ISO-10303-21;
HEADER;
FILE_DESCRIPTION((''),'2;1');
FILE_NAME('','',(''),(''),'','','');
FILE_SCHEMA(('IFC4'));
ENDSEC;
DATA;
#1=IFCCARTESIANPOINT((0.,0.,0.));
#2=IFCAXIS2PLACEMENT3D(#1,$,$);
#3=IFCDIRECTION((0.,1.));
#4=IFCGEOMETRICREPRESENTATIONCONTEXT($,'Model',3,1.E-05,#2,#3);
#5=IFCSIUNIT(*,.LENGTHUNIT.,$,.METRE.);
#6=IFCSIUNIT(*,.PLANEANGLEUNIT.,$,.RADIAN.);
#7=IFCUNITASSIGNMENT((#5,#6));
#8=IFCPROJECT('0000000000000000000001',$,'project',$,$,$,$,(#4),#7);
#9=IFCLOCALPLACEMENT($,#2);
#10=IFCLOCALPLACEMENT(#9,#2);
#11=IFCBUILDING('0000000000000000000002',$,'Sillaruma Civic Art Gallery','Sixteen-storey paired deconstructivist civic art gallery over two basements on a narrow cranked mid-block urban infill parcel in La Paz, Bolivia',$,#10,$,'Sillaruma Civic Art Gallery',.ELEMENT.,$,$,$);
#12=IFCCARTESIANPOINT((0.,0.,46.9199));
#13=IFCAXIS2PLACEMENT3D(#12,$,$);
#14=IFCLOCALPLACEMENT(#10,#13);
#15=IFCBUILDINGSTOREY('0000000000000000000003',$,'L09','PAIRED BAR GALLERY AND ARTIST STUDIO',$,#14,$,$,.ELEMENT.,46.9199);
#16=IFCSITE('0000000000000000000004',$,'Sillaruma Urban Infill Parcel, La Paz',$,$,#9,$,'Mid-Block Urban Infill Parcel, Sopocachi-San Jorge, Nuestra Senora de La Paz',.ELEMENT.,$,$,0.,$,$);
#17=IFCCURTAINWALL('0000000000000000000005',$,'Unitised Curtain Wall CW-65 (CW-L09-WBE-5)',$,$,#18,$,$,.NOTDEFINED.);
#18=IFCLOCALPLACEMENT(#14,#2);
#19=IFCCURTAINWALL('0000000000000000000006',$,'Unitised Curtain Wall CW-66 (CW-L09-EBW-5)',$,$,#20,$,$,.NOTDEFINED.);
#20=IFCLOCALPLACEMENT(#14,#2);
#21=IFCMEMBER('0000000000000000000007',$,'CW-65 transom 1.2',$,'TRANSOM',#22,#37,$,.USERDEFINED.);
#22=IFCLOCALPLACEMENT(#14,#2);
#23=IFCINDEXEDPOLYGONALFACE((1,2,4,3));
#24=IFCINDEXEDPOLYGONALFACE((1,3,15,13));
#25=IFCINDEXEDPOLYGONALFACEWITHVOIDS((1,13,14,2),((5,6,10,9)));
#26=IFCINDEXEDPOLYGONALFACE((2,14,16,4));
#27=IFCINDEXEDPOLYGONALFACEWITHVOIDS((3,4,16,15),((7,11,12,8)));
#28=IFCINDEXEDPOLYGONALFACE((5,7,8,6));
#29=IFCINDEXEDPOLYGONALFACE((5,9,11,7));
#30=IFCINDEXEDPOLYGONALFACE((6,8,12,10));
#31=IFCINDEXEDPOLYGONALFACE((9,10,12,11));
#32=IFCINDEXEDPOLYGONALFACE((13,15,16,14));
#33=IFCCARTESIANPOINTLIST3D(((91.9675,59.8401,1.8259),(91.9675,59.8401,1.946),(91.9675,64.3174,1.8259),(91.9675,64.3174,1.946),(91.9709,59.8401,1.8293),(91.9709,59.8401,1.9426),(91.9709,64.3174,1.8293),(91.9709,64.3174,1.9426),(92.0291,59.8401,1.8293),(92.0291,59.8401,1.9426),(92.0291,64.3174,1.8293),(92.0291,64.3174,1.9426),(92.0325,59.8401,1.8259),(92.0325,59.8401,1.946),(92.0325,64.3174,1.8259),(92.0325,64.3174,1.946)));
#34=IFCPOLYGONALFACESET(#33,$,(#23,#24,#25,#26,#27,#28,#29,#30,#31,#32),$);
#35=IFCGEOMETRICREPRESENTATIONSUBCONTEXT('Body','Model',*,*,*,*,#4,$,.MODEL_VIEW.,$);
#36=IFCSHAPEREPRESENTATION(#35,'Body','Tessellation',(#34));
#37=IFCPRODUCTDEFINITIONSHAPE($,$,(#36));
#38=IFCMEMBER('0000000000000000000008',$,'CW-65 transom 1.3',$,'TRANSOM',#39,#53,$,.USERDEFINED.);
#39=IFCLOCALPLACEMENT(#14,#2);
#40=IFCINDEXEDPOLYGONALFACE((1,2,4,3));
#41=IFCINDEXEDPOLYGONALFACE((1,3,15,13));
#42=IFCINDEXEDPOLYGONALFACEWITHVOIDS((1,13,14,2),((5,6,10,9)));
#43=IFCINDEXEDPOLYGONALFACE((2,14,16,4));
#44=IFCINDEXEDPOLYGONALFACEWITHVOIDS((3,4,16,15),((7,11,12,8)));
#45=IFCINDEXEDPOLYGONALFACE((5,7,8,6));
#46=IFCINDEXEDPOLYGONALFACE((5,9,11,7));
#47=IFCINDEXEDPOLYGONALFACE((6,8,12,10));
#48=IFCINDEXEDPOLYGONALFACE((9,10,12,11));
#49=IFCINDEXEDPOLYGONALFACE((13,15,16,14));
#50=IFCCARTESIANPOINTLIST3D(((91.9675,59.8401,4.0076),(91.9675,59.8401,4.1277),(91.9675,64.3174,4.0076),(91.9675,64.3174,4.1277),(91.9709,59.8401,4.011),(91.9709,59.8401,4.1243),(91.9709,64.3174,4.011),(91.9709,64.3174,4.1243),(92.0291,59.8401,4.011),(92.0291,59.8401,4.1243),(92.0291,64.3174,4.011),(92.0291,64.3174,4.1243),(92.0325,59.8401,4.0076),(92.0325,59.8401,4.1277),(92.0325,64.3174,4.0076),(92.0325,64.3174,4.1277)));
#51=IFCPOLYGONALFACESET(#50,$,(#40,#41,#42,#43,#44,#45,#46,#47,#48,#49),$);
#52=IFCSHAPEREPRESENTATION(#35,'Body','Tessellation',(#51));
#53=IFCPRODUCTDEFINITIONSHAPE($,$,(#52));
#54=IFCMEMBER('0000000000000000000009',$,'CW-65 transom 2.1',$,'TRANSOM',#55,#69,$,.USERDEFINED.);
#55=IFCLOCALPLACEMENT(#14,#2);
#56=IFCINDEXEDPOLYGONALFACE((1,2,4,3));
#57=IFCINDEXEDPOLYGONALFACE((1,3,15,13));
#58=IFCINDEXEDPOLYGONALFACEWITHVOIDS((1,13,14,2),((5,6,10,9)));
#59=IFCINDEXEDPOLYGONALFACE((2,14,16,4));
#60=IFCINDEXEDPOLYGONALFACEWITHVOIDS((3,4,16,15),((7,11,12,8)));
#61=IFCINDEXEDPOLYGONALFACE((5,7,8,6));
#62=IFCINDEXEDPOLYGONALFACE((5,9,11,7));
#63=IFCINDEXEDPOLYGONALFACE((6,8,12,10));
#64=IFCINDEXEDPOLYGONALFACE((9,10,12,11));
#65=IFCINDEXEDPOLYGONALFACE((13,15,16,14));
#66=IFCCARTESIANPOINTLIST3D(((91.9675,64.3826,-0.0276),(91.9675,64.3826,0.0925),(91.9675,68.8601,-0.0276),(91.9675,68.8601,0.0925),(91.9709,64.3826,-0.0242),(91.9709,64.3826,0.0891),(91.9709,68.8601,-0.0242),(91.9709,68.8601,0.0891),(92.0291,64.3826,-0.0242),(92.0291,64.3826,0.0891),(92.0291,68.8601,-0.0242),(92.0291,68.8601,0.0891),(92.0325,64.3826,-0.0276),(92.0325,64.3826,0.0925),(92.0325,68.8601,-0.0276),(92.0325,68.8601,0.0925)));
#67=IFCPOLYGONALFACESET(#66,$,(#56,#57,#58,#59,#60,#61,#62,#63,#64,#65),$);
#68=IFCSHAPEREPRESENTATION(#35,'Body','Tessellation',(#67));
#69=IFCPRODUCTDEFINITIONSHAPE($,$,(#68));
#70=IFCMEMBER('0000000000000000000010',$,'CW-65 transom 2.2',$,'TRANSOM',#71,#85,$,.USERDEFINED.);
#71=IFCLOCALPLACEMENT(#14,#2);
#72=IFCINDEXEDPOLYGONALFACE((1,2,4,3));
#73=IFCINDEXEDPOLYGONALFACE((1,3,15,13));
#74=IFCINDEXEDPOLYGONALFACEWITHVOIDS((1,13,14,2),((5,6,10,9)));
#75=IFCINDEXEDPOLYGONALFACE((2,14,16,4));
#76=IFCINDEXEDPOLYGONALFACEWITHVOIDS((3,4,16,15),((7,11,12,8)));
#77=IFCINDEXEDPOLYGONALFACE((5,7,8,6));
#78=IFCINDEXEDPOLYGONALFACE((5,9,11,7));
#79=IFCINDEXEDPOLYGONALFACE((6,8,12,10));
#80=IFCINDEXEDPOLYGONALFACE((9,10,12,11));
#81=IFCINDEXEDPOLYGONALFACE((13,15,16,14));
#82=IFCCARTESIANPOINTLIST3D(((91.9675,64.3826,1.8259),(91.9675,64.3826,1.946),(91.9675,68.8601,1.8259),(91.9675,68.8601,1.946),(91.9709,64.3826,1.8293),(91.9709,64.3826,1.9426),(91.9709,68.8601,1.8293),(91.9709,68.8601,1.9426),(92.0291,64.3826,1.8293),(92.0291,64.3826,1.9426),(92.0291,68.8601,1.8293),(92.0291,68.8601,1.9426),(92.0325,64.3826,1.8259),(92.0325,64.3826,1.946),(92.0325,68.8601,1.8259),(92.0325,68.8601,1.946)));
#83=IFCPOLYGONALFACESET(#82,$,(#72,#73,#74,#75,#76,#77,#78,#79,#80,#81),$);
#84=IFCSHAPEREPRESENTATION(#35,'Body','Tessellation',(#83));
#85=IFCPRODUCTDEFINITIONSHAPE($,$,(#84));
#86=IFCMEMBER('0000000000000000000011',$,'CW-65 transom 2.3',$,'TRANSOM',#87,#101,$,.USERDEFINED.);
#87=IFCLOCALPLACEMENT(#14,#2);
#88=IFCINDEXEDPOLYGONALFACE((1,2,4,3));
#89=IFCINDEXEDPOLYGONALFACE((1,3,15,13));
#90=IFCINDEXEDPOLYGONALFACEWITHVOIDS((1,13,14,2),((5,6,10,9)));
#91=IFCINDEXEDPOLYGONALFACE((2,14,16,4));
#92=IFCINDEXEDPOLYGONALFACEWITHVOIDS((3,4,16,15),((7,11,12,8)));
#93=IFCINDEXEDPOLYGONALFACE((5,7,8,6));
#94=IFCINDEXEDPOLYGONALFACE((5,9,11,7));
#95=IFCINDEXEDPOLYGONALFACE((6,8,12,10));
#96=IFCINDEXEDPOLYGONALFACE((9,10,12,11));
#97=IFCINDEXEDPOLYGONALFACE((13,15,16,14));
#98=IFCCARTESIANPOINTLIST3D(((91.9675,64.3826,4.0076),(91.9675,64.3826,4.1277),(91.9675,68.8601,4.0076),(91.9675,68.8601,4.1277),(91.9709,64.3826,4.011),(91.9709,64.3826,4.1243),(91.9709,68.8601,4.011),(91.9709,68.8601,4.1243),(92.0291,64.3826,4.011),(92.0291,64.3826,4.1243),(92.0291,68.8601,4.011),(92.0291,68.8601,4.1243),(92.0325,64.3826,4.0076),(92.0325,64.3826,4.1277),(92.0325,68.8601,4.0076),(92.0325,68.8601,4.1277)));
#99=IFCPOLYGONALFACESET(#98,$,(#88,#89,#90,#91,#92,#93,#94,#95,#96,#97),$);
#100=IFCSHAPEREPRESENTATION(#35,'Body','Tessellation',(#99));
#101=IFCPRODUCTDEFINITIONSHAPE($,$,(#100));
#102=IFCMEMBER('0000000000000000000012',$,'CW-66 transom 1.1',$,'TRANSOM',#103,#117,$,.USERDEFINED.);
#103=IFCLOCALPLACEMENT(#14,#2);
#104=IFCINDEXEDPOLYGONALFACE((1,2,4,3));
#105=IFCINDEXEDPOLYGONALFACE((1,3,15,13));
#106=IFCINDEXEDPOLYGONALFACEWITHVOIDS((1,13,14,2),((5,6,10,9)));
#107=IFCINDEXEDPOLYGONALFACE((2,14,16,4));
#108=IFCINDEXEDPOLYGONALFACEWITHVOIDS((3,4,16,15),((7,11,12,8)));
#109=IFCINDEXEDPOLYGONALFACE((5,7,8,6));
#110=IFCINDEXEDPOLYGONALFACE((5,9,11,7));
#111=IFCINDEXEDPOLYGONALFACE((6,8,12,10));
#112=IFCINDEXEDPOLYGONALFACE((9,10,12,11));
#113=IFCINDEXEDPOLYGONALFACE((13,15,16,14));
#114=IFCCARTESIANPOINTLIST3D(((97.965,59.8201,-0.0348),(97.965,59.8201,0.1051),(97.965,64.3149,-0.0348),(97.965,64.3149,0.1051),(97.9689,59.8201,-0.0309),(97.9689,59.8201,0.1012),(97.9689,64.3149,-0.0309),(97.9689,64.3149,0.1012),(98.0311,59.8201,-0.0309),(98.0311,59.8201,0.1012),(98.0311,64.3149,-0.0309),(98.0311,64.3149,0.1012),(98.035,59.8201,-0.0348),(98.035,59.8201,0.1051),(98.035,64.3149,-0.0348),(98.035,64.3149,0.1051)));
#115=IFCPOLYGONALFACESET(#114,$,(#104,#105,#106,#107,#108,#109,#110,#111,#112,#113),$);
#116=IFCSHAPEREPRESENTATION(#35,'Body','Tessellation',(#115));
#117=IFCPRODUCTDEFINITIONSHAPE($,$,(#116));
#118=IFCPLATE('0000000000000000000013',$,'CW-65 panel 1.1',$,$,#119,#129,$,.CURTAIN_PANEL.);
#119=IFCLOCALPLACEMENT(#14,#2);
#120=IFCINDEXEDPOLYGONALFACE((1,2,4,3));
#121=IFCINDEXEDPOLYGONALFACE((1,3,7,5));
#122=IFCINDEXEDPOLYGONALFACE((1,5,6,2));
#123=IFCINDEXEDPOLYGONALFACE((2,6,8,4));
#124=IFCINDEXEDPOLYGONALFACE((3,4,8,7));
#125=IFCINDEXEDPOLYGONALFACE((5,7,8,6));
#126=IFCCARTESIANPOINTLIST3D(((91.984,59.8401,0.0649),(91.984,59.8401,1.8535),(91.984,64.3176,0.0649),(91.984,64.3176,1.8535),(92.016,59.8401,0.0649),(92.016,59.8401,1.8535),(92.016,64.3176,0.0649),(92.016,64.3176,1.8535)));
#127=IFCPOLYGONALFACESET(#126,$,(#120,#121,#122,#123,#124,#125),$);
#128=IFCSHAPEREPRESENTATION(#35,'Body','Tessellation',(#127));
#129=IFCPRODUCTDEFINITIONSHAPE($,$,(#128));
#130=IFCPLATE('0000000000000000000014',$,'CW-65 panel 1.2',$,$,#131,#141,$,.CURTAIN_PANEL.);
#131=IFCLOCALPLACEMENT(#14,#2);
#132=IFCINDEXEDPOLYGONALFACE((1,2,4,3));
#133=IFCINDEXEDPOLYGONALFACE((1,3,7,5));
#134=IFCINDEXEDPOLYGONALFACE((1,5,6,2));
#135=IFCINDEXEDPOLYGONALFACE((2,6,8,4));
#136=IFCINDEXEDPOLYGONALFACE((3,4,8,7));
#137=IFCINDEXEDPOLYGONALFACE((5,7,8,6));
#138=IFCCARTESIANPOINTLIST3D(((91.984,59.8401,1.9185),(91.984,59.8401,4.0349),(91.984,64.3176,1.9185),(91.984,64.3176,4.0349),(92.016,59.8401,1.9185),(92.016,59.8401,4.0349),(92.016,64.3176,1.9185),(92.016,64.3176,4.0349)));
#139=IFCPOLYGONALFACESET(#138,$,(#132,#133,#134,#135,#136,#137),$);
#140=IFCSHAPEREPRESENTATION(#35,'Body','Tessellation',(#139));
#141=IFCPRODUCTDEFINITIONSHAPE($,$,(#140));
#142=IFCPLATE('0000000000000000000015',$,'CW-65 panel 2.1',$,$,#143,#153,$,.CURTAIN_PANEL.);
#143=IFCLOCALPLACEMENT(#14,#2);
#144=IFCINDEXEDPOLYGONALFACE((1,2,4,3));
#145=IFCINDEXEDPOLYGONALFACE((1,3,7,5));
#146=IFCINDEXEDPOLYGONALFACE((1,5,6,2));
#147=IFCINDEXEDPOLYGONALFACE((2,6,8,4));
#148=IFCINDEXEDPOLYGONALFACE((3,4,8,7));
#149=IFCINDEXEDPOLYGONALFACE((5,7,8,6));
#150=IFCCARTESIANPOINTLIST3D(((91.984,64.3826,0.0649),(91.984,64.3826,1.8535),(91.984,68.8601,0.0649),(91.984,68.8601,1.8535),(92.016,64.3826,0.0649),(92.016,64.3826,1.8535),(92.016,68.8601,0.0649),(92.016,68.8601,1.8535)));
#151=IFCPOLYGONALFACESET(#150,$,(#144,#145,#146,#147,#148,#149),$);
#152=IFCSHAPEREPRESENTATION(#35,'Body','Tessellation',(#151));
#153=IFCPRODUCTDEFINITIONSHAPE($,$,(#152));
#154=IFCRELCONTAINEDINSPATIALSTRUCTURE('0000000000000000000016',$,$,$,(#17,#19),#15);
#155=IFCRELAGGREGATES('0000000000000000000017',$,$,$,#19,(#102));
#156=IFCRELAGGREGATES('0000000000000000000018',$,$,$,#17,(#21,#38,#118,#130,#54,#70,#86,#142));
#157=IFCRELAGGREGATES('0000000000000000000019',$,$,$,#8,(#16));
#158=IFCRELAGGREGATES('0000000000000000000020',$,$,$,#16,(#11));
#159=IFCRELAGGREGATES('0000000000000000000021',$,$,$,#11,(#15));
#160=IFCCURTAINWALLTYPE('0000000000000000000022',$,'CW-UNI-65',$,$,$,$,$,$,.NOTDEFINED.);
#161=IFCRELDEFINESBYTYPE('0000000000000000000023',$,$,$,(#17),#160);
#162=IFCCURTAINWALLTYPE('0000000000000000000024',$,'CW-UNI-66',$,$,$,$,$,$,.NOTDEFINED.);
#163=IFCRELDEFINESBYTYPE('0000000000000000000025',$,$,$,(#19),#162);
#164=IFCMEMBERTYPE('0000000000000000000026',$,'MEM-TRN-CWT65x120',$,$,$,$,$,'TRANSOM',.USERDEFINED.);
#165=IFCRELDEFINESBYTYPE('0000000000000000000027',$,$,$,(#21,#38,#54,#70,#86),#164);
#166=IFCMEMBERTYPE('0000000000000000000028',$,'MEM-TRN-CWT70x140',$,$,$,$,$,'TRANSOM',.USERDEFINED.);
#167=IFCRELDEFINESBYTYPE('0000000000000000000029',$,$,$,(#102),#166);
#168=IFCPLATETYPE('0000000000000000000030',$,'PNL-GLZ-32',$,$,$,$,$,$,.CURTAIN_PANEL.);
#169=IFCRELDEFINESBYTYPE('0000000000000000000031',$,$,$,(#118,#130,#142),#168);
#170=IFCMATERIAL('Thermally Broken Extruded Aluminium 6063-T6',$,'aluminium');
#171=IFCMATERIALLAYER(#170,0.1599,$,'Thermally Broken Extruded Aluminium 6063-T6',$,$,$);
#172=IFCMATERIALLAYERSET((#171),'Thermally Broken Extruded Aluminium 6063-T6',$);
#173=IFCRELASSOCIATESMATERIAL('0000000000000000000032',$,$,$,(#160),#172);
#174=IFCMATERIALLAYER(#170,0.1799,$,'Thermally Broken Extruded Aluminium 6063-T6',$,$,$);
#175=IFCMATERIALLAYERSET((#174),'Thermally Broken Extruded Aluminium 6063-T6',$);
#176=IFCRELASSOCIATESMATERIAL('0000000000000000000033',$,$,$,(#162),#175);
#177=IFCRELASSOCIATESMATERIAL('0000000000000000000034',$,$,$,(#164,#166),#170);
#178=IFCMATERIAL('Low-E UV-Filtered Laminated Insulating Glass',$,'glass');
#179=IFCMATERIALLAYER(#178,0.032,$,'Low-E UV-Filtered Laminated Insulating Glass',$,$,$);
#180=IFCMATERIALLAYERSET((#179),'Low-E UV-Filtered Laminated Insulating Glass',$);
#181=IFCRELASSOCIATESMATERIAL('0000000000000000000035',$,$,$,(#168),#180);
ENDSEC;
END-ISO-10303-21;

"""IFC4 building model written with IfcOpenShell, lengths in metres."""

from ifc_helpers import new_model, si_unit, direction, frame, origin, origin_2d, place, context, subcontext, project, spatial, rectangle, hollow_rectangle, extrude, material, layer, layer_set, material_profile, profile_set, type_object, element, aggregate, save


model = new_model("IFC4")

# Units and contexts
model_context = context("Model", 3, precision=1e-05, world=origin(), true_north=direction((0.0, 1.0)))
body_context = subcontext(model_context, "Body", "Model", "MODEL_VIEW")
ifc_project = project(units=[si_unit("LENGTHUNIT", "METRE"), si_unit("PLANEANGLEUNIT", "RADIAN")], contexts=[model_context])

# Site, building, storey
site_placement = place(None, origin())
site = spatial("IfcSite", under=ifc_project, at=site_placement, Name="Sillaruma Urban Infill Parcel, La Paz", LongName="Mid-Block Urban Infill Parcel, Sopocachi-San Jorge, Nuestra Senora de La Paz", CompositionType="ELEMENT", RefElevation=0.0)
building_placement = place(site_placement, origin())
building = spatial("IfcBuilding", under=site, at=building_placement, Name="Sillaruma Civic Art Gallery", Description="Sixteen-storey paired deconstructivist civic art gallery over two basements on a narrow cranked mid-block urban infill parcel in La Paz, Bolivia", LongName="Sillaruma Civic Art Gallery", CompositionType="ELEMENT")
storey_placement = place(building_placement, frame((0.0, 0.0, 46.9199)))
storey = spatial("IfcBuildingStorey", under=building, at=storey_placement, Name="L09", Description="PAIRED BAR GALLERY AND ARTIST STUDIO", CompositionType="ELEMENT", Elevation=46.9199)

# Shared definitions
ifc_material_1 = material(Name="Thermally Broken Extruded Aluminium 6063-T6", Category="aluminium")

# Curtain wall
ifc_layer_1 = layer(ifc_material_1, 0.1599, Name="Thermally Broken Extruded Aluminium 6063-T6")
ifc_layer_set_1 = layer_set([ifc_layer_1], Name="Thermally Broken Extruded Aluminium 6063-T6")
curtain_wall_type_1 = type_object("IfcCurtainWallType", Name="CW-UNI-65", PredefinedType="NOTDEFINED", material=ifc_layer_set_1)
curtain_wall_1_placement = place(storey_placement, origin())
curtain_wall_1 = element("IfcCurtainWall", 1, at=curtain_wall_1_placement, inside=storey, type_object=curtain_wall_type_1, Name="Unitised Curtain Wall CW-65 (CW-L09-WBE-5)", PredefinedType="NOTDEFINED")

# Curtain wall
ifc_layer_2 = layer(ifc_material_1, 0.1799, Name="Thermally Broken Extruded Aluminium 6063-T6")
ifc_layer_set_2 = layer_set([ifc_layer_2], Name="Thermally Broken Extruded Aluminium 6063-T6")
curtain_wall_type_2 = type_object("IfcCurtainWallType", Name="CW-UNI-66", PredefinedType="NOTDEFINED", material=ifc_layer_set_2)
curtain_wall_2_placement = place(storey_placement, origin())
curtain_wall_2 = element("IfcCurtainWall", 2, at=curtain_wall_2_placement, inside=storey, type_object=curtain_wall_type_2, Name="Unitised Curtain Wall CW-66 (CW-L09-EBW-5)", PredefinedType="NOTDEFINED")

# Members
ifc_material_profile_1 = material_profile(ifc_material_1, hollow_rectangle(XDim=0.0649, YDim=0.1201, WallThickness=0.0034, at=origin_2d()), Name="CWT65x120")
ifc_profile_set_1 = profile_set([ifc_material_profile_1], Name="Thermally Broken Extruded Aluminium 6063-T6")
member_type_1 = type_object("IfcMemberType", Name="MEM-TRN-CWT65x120", ElementType="TRANSOM", PredefinedType="USERDEFINED", material=ifc_profile_set_1)
member_1_placement = place(storey_placement, frame((92.0, 59.8401, 1.886), z_axis=(0.0, 1.0, 0.0), x_axis=(-1.0, 0.0, 0.0)))
member_1 = element("IfcMember", 3, at=member_1_placement, type_object=member_type_1, Name="CW-65 transom 1.2", ObjectType="TRANSOM", PredefinedType="USERDEFINED", context=body_context, shape_type="SweptSolid", body=[
    extrude(hollow_rectangle(XDim=0.0649, YDim=0.1201, WallThickness=0.0034, at=origin_2d()), origin(), (0.0, 0.0, 1.0), 4.4773),
])
member_2_placement = place(storey_placement, frame((92.0, 59.8401, 4.0676), z_axis=(0.0, 1.0, 0.0), x_axis=(-1.0, 0.0, 0.0)))
member_2 = element("IfcMember", 4, at=member_2_placement, type_object=member_type_1, Name="CW-65 transom 1.3", ObjectType="TRANSOM", PredefinedType="USERDEFINED", context=body_context, shape_type="SweptSolid", body=[
    extrude(hollow_rectangle(XDim=0.0649, YDim=0.1201, WallThickness=0.0034, at=origin_2d()), origin(), (0.0, 0.0, 1.0), 4.4773),
])
member_3_placement = place(storey_placement, frame((92.0, 64.3826, 0.0325), z_axis=(0.0, 1.0, 0.0), x_axis=(-1.0, 0.0, 0.0)))
member_3 = element("IfcMember", 5, at=member_3_placement, type_object=member_type_1, Name="CW-65 transom 2.1", ObjectType="TRANSOM", PredefinedType="USERDEFINED", context=body_context, shape_type="SweptSolid", body=[
    extrude(hollow_rectangle(XDim=0.0649, YDim=0.1201, WallThickness=0.0034, at=origin_2d()), origin(), (0.0, 0.0, 1.0), 4.4775),
])
member_4_placement = place(storey_placement, frame((92.0, 64.3826, 1.886), z_axis=(0.0, 1.0, 0.0), x_axis=(-1.0, 0.0, 0.0)))
member_4 = element("IfcMember", 6, at=member_4_placement, type_object=member_type_1, Name="CW-65 transom 2.2", ObjectType="TRANSOM", PredefinedType="USERDEFINED", context=body_context, shape_type="SweptSolid", body=[
    extrude(hollow_rectangle(XDim=0.0649, YDim=0.1201, WallThickness=0.0034, at=origin_2d()), origin(), (0.0, 0.0, 1.0), 4.4775),
])
member_5_placement = place(storey_placement, frame((92.0, 64.3826, 4.0676), z_axis=(0.0, 1.0, 0.0), x_axis=(-1.0, 0.0, 0.0)))
member_5 = element("IfcMember", 7, at=member_5_placement, type_object=member_type_1, Name="CW-65 transom 2.3", ObjectType="TRANSOM", PredefinedType="USERDEFINED", context=body_context, shape_type="SweptSolid", body=[
    extrude(hollow_rectangle(XDim=0.0649, YDim=0.1201, WallThickness=0.0034, at=origin_2d()), origin(), (0.0, 0.0, 1.0), 4.4775),
])
ifc_material_profile_2 = material_profile(ifc_material_1, hollow_rectangle(XDim=0.0701, YDim=0.1399, WallThickness=0.0039, at=origin_2d()), Name="CWT70x140")
ifc_profile_set_2 = profile_set([ifc_material_profile_2], Name="Thermally Broken Extruded Aluminium 6063-T6")
member_type_2 = type_object("IfcMemberType", Name="MEM-TRN-CWT70x140", ElementType="TRANSOM", PredefinedType="USERDEFINED", material=ifc_profile_set_2)
member_6_placement = place(storey_placement, frame((98.0, 59.8201, 0.0352), z_axis=(0.0, 1.0, 0.0), x_axis=(-1.0, 0.0, 0.0)))
member_6 = element("IfcMember", 8, at=member_6_placement, type_object=member_type_2, Name="CW-66 transom 1.1", ObjectType="TRANSOM", PredefinedType="USERDEFINED", context=body_context, shape_type="SweptSolid", body=[
    extrude(hollow_rectangle(XDim=0.0701, YDim=0.1399, WallThickness=0.0039, at=origin_2d()), origin(), (0.0, 0.0, 1.0), 4.4949),
])
aggregate(curtain_wall_2, [member_6])

# Plates
ifc_material_2 = material(Name="Low-E UV-Filtered Laminated Insulating Glass", Category="glass")
ifc_layer_3 = layer(ifc_material_2, 0.032, Name="Low-E UV-Filtered Laminated Insulating Glass")
ifc_layer_set_3 = layer_set([ifc_layer_3], Name="Low-E UV-Filtered Laminated Insulating Glass")
plate_type = type_object("IfcPlateType", Name="PNL-GLZ-32", PredefinedType="CURTAIN_PANEL", material=ifc_layer_set_3)
plate_1_placement = place(storey_placement, frame((92.0, 62.0789, 0.0649), z_axis=(0.0, 0.0, 1.0), x_axis=(0.0, 1.0, 0.0)))
plate_1 = element("IfcPlate", 9, at=plate_1_placement, type_object=plate_type, Name="CW-65 panel 1.1", PredefinedType="CURTAIN_PANEL", context=body_context, shape_type="SweptSolid", body=[
    extrude(rectangle(XDim=4.4775, YDim=0.032, at=origin_2d()), origin(), (0.0, 0.0, 1.0), 1.7886),
])
plate_2_placement = place(storey_placement, frame((92.0, 62.0789, 1.9185), z_axis=(0.0, 0.0, 1.0), x_axis=(0.0, 1.0, 0.0)))
plate_2 = element("IfcPlate", 10, at=plate_2_placement, type_object=plate_type, Name="CW-65 panel 1.2", PredefinedType="CURTAIN_PANEL", context=body_context, shape_type="SweptSolid", body=[
    extrude(rectangle(XDim=4.4775, YDim=0.032, at=origin_2d()), origin(), (0.0, 0.0, 1.0), 2.1165),
])
plate_3_placement = place(storey_placement, frame((92.0, 66.6213, 0.0649), z_axis=(0.0, 0.0, 1.0), x_axis=(0.0, 1.0, 0.0)))
plate_3 = element("IfcPlate", 11, at=plate_3_placement, type_object=plate_type, Name="CW-65 panel 2.1", PredefinedType="CURTAIN_PANEL", context=body_context, shape_type="SweptSolid", body=[
    extrude(rectangle(XDim=4.4775, YDim=0.032, at=origin_2d()), origin(), (0.0, 0.0, 1.0), 1.7886),
])
aggregate(curtain_wall_1, [member_1, member_2, plate_1, plate_2, member_3, member_4, member_5, plate_3])

save(model, "model.ifc")
